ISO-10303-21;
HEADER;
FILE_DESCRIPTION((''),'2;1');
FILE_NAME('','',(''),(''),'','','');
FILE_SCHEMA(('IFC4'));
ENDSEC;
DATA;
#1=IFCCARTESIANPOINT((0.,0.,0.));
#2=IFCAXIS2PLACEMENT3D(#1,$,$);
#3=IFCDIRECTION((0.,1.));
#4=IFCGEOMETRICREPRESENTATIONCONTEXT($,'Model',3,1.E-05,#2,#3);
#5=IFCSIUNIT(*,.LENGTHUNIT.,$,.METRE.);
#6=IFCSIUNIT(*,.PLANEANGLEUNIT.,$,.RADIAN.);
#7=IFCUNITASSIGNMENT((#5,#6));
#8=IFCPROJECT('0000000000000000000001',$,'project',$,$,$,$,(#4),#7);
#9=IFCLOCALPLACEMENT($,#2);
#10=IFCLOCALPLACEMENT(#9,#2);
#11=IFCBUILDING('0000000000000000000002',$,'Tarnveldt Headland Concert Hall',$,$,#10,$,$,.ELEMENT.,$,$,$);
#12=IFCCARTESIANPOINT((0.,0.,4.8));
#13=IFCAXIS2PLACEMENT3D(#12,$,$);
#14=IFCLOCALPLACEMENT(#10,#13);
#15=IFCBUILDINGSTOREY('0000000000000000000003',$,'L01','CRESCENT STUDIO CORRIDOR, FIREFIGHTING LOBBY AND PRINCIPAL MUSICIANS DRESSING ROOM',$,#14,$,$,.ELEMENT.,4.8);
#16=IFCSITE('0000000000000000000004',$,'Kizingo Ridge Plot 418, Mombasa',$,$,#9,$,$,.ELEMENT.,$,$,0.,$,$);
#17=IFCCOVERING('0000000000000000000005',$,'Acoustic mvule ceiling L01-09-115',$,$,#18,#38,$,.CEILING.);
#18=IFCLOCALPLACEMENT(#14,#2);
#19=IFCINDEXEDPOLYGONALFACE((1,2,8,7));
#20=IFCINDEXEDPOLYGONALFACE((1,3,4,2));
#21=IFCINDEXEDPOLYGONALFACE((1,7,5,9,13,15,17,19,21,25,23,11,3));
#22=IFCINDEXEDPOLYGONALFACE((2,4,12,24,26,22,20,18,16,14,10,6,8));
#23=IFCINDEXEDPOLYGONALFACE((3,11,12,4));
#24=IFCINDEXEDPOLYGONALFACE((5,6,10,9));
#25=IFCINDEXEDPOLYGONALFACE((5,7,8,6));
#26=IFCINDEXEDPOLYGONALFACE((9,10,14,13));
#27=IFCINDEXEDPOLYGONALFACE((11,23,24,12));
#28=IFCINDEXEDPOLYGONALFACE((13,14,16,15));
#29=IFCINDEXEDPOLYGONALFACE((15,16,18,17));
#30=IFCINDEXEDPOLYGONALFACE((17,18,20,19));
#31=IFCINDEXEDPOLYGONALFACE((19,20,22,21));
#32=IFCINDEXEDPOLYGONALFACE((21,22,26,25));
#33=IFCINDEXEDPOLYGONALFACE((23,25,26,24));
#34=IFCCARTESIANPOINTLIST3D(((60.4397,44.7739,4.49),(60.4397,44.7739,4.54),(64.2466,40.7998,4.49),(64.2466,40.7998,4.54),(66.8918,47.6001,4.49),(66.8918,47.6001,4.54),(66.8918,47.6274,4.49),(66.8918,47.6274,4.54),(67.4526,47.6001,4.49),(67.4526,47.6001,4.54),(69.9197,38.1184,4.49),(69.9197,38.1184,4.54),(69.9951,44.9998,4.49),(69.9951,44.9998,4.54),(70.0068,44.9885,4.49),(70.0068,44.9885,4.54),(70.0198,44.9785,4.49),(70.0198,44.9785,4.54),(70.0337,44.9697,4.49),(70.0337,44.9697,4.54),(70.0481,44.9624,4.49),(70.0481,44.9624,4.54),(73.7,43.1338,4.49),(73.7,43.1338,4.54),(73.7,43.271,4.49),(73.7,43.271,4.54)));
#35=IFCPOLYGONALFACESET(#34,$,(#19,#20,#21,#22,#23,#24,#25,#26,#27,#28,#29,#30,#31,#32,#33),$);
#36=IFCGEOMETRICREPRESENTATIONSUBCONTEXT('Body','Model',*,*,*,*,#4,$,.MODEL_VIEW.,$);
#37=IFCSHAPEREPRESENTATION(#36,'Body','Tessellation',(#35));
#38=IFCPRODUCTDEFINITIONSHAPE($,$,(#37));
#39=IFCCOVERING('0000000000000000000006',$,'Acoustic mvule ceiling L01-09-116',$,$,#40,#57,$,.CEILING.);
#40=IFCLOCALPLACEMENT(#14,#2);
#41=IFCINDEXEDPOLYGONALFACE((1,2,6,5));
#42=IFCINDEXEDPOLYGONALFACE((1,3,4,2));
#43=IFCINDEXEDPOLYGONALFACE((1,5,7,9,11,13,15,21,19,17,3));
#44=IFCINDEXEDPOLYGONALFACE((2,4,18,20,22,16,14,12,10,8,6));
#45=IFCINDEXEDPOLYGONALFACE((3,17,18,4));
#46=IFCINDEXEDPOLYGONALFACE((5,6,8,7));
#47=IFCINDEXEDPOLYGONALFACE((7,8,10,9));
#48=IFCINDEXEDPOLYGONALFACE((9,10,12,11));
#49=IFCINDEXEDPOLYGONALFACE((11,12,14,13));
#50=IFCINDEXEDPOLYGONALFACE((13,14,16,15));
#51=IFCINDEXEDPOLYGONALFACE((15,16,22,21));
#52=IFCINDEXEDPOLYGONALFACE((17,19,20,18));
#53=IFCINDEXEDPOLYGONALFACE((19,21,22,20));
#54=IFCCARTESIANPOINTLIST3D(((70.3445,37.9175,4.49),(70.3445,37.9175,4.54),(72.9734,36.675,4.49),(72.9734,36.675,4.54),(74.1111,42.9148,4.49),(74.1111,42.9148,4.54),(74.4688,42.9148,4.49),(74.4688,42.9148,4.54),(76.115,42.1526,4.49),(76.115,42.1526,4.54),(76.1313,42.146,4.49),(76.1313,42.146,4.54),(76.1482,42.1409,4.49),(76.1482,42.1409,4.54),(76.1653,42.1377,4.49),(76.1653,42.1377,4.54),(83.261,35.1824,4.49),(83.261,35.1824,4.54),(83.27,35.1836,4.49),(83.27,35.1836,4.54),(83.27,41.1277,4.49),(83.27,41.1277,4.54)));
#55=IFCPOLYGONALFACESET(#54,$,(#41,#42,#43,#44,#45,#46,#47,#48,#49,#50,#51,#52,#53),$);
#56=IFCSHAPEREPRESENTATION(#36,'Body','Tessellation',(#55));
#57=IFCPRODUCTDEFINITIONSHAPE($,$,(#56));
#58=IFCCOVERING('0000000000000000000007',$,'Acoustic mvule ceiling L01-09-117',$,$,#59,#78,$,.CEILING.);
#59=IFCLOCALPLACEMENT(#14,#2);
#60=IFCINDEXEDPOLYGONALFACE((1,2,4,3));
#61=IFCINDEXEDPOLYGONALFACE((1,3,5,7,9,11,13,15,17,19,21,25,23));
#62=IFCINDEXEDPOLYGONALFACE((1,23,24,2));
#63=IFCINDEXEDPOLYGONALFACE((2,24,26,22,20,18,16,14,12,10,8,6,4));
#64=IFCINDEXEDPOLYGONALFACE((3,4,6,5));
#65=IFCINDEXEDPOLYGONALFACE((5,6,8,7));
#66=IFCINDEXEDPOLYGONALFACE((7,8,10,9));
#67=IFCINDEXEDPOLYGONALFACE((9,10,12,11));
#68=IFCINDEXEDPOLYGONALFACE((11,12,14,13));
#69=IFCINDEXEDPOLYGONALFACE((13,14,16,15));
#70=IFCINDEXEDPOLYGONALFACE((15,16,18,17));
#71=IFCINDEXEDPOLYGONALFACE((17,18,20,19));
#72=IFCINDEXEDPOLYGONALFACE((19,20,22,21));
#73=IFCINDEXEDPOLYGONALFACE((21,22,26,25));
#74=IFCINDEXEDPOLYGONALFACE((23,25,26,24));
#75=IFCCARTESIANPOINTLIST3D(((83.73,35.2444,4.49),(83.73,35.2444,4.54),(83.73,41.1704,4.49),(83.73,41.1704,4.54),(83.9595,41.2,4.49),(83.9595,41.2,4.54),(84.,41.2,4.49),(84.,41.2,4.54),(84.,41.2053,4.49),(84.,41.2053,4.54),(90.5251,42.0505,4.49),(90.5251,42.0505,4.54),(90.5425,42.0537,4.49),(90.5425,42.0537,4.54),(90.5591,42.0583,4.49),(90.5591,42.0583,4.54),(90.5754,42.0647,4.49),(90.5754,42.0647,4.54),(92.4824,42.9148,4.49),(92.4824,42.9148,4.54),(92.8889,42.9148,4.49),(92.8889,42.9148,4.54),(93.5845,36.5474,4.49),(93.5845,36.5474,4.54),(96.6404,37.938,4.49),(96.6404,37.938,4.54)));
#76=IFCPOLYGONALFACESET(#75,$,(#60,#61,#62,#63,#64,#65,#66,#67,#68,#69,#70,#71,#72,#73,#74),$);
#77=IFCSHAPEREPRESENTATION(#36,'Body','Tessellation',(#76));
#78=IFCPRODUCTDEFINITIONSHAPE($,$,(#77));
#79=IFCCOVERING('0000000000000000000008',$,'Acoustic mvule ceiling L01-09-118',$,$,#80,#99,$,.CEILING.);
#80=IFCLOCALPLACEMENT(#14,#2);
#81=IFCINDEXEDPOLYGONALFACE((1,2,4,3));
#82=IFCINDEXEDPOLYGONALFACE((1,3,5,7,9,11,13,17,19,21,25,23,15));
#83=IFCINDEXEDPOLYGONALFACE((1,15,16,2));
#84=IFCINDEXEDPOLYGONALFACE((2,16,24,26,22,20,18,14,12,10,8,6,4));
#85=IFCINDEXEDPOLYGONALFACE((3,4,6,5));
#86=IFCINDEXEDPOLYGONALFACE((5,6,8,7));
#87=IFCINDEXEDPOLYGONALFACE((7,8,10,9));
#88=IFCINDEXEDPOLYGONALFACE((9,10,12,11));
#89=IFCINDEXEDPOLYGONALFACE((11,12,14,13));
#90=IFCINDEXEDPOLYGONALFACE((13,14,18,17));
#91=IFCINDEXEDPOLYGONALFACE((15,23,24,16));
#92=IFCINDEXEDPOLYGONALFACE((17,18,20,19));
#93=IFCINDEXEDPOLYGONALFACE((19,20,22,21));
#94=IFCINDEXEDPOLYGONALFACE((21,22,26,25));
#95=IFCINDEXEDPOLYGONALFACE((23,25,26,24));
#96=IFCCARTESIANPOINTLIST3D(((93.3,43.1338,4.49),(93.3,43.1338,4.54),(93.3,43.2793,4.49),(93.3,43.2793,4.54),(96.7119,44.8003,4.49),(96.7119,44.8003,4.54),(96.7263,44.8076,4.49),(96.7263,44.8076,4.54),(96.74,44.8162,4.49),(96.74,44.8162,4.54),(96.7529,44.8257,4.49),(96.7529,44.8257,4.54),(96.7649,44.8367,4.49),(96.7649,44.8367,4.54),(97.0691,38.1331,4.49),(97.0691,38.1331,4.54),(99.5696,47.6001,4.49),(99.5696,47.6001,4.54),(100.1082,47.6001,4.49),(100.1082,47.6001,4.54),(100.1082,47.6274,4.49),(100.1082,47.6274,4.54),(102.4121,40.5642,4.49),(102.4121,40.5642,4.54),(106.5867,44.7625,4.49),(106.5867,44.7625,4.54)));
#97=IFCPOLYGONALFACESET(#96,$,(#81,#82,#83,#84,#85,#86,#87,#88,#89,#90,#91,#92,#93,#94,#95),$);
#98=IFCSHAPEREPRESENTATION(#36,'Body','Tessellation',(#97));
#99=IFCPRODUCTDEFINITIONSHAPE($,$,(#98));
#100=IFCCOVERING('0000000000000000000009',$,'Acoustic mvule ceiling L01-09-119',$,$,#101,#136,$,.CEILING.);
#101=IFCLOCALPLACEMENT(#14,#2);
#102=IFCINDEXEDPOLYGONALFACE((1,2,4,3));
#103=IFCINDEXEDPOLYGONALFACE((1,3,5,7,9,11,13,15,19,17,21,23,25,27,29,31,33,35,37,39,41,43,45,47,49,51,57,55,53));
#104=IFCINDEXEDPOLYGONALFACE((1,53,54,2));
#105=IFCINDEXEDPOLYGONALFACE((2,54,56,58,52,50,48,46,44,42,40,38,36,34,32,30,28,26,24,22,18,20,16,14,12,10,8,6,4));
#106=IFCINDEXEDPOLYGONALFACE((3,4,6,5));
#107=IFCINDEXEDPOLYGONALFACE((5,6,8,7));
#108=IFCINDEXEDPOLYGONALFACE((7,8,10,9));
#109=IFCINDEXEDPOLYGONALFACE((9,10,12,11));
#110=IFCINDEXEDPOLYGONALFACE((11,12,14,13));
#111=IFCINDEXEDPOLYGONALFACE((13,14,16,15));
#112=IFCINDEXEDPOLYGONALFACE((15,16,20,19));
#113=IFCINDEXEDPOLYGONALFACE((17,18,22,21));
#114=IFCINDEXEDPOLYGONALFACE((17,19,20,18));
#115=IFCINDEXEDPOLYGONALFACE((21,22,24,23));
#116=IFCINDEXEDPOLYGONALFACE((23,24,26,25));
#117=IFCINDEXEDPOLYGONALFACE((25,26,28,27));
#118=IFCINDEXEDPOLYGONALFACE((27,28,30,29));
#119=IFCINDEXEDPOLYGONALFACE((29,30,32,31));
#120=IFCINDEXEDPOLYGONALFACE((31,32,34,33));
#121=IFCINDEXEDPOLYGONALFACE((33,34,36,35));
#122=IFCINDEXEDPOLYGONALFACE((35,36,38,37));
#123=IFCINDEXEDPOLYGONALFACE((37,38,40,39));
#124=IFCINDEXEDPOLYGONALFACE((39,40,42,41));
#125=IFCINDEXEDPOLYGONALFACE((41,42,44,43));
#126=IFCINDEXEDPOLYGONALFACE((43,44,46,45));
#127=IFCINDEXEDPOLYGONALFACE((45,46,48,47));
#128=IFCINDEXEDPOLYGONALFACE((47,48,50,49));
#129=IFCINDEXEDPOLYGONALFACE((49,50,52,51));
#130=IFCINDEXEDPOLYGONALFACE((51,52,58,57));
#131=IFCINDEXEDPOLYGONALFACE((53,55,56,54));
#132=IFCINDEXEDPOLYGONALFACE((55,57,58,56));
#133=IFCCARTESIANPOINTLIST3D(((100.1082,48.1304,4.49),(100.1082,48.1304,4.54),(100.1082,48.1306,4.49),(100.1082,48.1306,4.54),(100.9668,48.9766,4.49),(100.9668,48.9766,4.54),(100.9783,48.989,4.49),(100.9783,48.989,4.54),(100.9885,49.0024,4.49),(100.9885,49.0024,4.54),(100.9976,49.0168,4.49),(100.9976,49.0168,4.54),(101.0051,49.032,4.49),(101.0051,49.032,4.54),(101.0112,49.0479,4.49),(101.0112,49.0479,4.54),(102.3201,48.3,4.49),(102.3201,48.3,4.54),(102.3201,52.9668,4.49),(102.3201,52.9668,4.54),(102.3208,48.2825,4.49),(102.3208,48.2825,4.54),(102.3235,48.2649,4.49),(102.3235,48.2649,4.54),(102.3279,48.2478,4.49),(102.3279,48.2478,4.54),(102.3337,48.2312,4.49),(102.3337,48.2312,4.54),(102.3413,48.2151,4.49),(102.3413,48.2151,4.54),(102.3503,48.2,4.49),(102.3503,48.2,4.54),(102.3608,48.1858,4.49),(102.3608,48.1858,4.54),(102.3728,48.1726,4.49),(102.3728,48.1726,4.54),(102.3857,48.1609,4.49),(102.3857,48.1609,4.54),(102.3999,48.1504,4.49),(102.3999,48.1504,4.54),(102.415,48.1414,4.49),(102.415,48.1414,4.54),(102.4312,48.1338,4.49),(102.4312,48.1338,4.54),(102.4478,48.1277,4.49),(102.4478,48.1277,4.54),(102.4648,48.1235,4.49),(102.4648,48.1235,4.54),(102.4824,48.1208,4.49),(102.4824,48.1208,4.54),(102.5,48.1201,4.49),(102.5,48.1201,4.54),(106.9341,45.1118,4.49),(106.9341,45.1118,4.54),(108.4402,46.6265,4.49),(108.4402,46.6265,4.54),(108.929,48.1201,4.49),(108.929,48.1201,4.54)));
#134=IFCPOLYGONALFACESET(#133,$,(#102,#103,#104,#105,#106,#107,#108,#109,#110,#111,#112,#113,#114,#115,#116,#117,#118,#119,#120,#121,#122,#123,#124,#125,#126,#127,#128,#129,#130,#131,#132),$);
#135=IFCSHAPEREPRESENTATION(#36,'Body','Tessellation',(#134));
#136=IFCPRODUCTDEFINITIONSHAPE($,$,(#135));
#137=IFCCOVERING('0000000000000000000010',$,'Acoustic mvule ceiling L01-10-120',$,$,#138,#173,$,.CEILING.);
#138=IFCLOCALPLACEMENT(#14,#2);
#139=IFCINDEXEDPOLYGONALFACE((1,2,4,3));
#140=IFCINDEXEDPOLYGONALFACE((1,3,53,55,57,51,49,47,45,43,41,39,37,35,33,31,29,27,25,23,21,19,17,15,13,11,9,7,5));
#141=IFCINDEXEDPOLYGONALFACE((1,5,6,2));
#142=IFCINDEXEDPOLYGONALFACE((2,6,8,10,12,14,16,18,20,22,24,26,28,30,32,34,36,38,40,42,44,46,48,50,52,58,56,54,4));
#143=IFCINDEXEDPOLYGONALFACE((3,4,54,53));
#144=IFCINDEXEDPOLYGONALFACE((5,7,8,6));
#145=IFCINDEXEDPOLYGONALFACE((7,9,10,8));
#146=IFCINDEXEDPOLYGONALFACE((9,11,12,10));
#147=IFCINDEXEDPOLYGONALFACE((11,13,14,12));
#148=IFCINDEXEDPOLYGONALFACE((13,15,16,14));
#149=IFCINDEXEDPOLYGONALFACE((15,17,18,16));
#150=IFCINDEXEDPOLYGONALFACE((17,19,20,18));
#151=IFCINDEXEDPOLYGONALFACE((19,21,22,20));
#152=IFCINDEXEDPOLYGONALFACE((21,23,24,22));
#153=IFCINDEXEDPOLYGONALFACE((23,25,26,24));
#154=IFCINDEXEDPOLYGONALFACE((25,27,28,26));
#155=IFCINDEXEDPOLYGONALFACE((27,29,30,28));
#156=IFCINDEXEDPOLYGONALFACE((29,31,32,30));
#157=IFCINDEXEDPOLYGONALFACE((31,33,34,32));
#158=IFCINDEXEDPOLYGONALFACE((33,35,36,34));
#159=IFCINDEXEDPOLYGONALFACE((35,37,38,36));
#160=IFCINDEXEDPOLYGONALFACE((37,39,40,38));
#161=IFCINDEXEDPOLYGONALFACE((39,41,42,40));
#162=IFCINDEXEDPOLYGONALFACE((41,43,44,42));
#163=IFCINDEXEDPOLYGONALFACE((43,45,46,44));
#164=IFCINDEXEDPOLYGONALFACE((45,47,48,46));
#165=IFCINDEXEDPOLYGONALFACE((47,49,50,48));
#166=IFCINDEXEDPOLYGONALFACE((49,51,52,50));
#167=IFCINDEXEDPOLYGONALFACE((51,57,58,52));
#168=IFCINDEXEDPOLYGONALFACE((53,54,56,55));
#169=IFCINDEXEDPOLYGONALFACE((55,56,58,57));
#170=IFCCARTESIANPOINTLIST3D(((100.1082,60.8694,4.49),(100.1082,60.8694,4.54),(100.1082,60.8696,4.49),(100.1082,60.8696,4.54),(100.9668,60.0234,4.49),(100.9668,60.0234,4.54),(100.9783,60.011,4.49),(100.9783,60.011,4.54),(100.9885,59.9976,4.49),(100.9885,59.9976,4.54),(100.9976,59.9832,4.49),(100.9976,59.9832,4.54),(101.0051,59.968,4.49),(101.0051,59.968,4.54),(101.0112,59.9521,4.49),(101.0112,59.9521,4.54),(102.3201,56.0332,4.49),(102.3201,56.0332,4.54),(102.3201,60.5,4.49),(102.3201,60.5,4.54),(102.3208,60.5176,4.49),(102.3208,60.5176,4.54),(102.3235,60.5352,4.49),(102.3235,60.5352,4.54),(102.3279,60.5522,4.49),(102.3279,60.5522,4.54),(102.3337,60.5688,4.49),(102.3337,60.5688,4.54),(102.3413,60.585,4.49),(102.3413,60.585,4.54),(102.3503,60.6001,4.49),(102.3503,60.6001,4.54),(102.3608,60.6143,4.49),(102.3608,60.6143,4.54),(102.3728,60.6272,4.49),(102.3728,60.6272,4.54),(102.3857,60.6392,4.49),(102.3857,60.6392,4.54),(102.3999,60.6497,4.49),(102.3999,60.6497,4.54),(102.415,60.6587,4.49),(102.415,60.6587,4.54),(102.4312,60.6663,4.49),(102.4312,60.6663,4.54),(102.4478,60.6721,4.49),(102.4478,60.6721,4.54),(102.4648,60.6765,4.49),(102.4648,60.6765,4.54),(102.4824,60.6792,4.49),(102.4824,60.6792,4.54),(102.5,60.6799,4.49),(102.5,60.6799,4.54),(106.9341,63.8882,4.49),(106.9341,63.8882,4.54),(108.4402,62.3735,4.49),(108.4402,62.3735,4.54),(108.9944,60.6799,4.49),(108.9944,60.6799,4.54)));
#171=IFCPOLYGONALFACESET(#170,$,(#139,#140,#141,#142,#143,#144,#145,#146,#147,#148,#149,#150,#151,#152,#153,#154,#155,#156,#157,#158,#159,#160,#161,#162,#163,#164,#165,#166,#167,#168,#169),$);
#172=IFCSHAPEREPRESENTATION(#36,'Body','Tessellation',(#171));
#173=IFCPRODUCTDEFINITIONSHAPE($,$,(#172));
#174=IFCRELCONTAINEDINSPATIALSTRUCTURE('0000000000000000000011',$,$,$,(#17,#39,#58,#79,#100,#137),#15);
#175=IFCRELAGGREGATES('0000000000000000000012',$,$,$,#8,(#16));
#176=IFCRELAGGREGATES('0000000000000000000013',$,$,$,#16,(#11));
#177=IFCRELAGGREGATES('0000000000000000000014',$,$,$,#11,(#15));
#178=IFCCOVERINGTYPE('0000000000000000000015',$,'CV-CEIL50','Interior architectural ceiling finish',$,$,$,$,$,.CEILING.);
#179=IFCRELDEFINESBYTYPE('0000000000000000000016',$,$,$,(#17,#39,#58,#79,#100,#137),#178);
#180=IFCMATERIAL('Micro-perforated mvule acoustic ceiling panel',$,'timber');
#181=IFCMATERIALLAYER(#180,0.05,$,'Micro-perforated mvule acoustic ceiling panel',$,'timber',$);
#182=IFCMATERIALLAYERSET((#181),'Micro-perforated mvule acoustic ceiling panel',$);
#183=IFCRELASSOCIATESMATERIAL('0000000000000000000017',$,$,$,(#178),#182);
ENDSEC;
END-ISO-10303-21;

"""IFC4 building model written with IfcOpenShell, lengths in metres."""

from ifc_helpers import new_model, si_unit, direction, frame, origin, place, context, subcontext, project, spatial, polyline, outline, extrude, material, layer, layer_set, type_object, element, save


model = new_model("IFC4")

# Units and contexts
model_context = context("Model", 3, precision=1e-05, world=origin(), true_north=direction((0.0, 1.0)))
body_context = subcontext(model_context, "Body", "Model", "MODEL_VIEW")
ifc_project = project(units=[si_unit("LENGTHUNIT", "METRE"), si_unit("PLANEANGLEUNIT", "RADIAN")], contexts=[model_context])

# Site, building, storey
site_placement = place(None, origin())
site = spatial("IfcSite", under=ifc_project, at=site_placement, Name="Kizingo Ridge Plot 418, Mombasa", CompositionType="ELEMENT", RefElevation=0.0)
building_placement = place(site_placement, origin())
building = spatial("IfcBuilding", under=site, at=building_placement, Name="Tarnveldt Headland Concert Hall", CompositionType="ELEMENT")
storey_placement = place(building_placement, frame((0.0, 0.0, 4.8)))
storey = spatial("IfcBuildingStorey", under=building, at=storey_placement, Name="L01", Description="CRESCENT STUDIO CORRIDOR, FIREFIGHTING LOBBY AND PRINCIPAL MUSICIANS DRESSING ROOM", CompositionType="ELEMENT", Elevation=4.8)

# Coverings
ifc_material_1 = material(Name="Micro-perforated mvule acoustic ceiling panel", Category="timber")
ifc_layer_1 = layer(ifc_material_1, 0.05, Name="Micro-perforated mvule acoustic ceiling panel", Category="timber")
ifc_layer_set_1 = layer_set([ifc_layer_1], Name="Micro-perforated mvule acoustic ceiling panel")
covering_type_1 = type_object("IfcCoveringType", Name="CV-CEIL50", Description="Interior architectural ceiling finish", PredefinedType="CEILING", material=ifc_layer_set_1)
covering_1_placement = place(storey_placement, frame((0.0, 0.0, 4.49)))
element("IfcCovering", 1, at=covering_1_placement, inside=storey, type_object=covering_type_1, Name="Acoustic mvule ceiling L01-09-115", PredefinedType="CEILING", context=body_context, shape_type="SweptSolid", body=[
    extrude(outline(polyline([(70.0337, 44.9697), (70.0481, 44.9624), (73.7, 43.271), (73.7, 43.1338), (69.9197, 38.1184), (64.2466, 40.7998), (60.4397, 44.7739), (66.8918, 47.6274), (66.8918, 47.6001), (67.4526, 47.6001), (69.9951, 44.9998), (70.0068, 44.9885), (70.0198, 44.9785), (70.0337, 44.9697)])), origin(), (0.0, 0.0, 1.0), 0.05),
])
covering_2_placement = place(storey_placement, frame((0.0, 0.0, 4.49)))
element("IfcCovering", 2, at=covering_2_placement, inside=storey, type_object=covering_type_1, Name="Acoustic mvule ceiling L01-09-116", PredefinedType="CEILING", context=body_context, shape_type="SweptSolid", body=[
    extrude(outline(polyline([(76.1653, 42.1377), (83.27, 41.1277), (83.27, 35.1836), (83.261, 35.1824), (72.9734, 36.675), (70.3445, 37.9175), (74.1111, 42.9148), (74.4688, 42.9148), (76.115, 42.1526), (76.1313, 42.146), (76.1482, 42.1409), (76.1653, 42.1377)])), origin(), (0.0, 0.0, 1.0), 0.05),
])
covering_3_placement = place(storey_placement, frame((0.0, 0.0, 4.49)))
element("IfcCovering", 3, at=covering_3_placement, inside=storey, type_object=covering_type_1, Name="Acoustic mvule ceiling L01-09-117", PredefinedType="CEILING", context=body_context, shape_type="SweptSolid", body=[
    extrude(outline(polyline([(90.5251, 42.0505), (90.5425, 42.0537), (90.5591, 42.0583), (90.5754, 42.0647), (92.4824, 42.9148), (92.8889, 42.9148), (96.6404, 37.938), (93.5845, 36.5474), (83.73, 35.2444), (83.73, 41.1704), (83.9595, 41.2), (84.0, 41.2), (84.0, 41.2053), (90.5251, 42.0505)])), origin(), (0.0, 0.0, 1.0), 0.05),
])
covering_4_placement = place(storey_placement, frame((0.0, 0.0, 4.49)))
element("IfcCovering", 4, at=covering_4_placement, inside=storey, type_object=covering_type_1, Name="Acoustic mvule ceiling L01-09-118", PredefinedType="CEILING", context=body_context, shape_type="SweptSolid", body=[
    extrude(outline(polyline([(96.7263, 44.8076), (96.74, 44.8162), (96.7529, 44.8257), (96.7649, 44.8367), (99.5696, 47.6001), (100.1082, 47.6001), (100.1082, 47.6274), (106.5867, 44.7625), (102.4121, 40.5642), (97.0691, 38.1331), (93.3, 43.1338), (93.3, 43.2793), (96.7119, 44.8003), (96.7263, 44.8076)])), origin(), (0.0, 0.0, 1.0), 0.05),
])
covering_5_placement = place(storey_placement, frame((0.0, 0.0, 4.49)))
element("IfcCovering", 5, at=covering_5_placement, inside=storey, type_object=covering_type_1, Name="Acoustic mvule ceiling L01-09-119", PredefinedType="CEILING", context=body_context, shape_type="SweptSolid", body=[
    extrude(outline(polyline([(100.9668, 48.9766), (100.9783, 48.989), (100.9885, 49.0024), (100.9976, 49.0168), (101.0051, 49.032), (101.0112, 49.0479), (102.3201, 52.9668), (102.3201, 48.3), (102.3208, 48.2825), (102.3235, 48.2649), (102.3279, 48.2478), (102.3337, 48.2312), (102.3413, 48.2151), (102.3503, 48.2), (102.3608, 48.1858), (102.3728, 48.1726), (102.3857, 48.1609), (102.3999, 48.1504), (102.415, 48.1414), (102.4312, 48.1338), (102.4478, 48.1277), (102.4648, 48.1235), (102.4824, 48.1208), (102.5, 48.1201), (108.929, 48.1201), (108.4402, 46.6265), (106.9341, 45.1118), (100.1082, 48.1304), (100.1082, 48.1306), (100.9668, 48.9766)])), origin(), (0.0, 0.0, 1.0), 0.05),
])
covering_6_placement = place(storey_placement, frame((0.0, 0.0, 4.49)))
element("IfcCovering", 6, at=covering_6_placement, inside=storey, type_object=covering_type_1, Name="Acoustic mvule ceiling L01-10-120", PredefinedType="CEILING", context=body_context, shape_type="SweptSolid", body=[
    extrude(outline(polyline([(102.4312, 60.6663), (102.415, 60.6587), (102.3999, 60.6497), (102.3857, 60.6392), (102.3728, 60.6272), (102.3608, 60.6143), (102.3503, 60.6001), (102.3413, 60.585), (102.3337, 60.5688), (102.3279, 60.5522), (102.3235, 60.5352), (102.3208, 60.5176), (102.3201, 60.5), (102.3201, 56.0332), (101.0112, 59.9521), (101.0051, 59.968), (100.9976, 59.9832), (100.9885, 59.9976), (100.9783, 60.011), (100.9668, 60.0234), (100.1082, 60.8694), (100.1082, 60.8696), (106.9341, 63.8882), (108.4402, 62.3735), (108.9944, 60.6799), (102.5, 60.6799), (102.4824, 60.6792), (102.4648, 60.6765), (102.4478, 60.6721), (102.4312, 60.6663)])), origin(), (0.0, 0.0, 1.0), 0.05),
])

save(model, "model.ifc")
